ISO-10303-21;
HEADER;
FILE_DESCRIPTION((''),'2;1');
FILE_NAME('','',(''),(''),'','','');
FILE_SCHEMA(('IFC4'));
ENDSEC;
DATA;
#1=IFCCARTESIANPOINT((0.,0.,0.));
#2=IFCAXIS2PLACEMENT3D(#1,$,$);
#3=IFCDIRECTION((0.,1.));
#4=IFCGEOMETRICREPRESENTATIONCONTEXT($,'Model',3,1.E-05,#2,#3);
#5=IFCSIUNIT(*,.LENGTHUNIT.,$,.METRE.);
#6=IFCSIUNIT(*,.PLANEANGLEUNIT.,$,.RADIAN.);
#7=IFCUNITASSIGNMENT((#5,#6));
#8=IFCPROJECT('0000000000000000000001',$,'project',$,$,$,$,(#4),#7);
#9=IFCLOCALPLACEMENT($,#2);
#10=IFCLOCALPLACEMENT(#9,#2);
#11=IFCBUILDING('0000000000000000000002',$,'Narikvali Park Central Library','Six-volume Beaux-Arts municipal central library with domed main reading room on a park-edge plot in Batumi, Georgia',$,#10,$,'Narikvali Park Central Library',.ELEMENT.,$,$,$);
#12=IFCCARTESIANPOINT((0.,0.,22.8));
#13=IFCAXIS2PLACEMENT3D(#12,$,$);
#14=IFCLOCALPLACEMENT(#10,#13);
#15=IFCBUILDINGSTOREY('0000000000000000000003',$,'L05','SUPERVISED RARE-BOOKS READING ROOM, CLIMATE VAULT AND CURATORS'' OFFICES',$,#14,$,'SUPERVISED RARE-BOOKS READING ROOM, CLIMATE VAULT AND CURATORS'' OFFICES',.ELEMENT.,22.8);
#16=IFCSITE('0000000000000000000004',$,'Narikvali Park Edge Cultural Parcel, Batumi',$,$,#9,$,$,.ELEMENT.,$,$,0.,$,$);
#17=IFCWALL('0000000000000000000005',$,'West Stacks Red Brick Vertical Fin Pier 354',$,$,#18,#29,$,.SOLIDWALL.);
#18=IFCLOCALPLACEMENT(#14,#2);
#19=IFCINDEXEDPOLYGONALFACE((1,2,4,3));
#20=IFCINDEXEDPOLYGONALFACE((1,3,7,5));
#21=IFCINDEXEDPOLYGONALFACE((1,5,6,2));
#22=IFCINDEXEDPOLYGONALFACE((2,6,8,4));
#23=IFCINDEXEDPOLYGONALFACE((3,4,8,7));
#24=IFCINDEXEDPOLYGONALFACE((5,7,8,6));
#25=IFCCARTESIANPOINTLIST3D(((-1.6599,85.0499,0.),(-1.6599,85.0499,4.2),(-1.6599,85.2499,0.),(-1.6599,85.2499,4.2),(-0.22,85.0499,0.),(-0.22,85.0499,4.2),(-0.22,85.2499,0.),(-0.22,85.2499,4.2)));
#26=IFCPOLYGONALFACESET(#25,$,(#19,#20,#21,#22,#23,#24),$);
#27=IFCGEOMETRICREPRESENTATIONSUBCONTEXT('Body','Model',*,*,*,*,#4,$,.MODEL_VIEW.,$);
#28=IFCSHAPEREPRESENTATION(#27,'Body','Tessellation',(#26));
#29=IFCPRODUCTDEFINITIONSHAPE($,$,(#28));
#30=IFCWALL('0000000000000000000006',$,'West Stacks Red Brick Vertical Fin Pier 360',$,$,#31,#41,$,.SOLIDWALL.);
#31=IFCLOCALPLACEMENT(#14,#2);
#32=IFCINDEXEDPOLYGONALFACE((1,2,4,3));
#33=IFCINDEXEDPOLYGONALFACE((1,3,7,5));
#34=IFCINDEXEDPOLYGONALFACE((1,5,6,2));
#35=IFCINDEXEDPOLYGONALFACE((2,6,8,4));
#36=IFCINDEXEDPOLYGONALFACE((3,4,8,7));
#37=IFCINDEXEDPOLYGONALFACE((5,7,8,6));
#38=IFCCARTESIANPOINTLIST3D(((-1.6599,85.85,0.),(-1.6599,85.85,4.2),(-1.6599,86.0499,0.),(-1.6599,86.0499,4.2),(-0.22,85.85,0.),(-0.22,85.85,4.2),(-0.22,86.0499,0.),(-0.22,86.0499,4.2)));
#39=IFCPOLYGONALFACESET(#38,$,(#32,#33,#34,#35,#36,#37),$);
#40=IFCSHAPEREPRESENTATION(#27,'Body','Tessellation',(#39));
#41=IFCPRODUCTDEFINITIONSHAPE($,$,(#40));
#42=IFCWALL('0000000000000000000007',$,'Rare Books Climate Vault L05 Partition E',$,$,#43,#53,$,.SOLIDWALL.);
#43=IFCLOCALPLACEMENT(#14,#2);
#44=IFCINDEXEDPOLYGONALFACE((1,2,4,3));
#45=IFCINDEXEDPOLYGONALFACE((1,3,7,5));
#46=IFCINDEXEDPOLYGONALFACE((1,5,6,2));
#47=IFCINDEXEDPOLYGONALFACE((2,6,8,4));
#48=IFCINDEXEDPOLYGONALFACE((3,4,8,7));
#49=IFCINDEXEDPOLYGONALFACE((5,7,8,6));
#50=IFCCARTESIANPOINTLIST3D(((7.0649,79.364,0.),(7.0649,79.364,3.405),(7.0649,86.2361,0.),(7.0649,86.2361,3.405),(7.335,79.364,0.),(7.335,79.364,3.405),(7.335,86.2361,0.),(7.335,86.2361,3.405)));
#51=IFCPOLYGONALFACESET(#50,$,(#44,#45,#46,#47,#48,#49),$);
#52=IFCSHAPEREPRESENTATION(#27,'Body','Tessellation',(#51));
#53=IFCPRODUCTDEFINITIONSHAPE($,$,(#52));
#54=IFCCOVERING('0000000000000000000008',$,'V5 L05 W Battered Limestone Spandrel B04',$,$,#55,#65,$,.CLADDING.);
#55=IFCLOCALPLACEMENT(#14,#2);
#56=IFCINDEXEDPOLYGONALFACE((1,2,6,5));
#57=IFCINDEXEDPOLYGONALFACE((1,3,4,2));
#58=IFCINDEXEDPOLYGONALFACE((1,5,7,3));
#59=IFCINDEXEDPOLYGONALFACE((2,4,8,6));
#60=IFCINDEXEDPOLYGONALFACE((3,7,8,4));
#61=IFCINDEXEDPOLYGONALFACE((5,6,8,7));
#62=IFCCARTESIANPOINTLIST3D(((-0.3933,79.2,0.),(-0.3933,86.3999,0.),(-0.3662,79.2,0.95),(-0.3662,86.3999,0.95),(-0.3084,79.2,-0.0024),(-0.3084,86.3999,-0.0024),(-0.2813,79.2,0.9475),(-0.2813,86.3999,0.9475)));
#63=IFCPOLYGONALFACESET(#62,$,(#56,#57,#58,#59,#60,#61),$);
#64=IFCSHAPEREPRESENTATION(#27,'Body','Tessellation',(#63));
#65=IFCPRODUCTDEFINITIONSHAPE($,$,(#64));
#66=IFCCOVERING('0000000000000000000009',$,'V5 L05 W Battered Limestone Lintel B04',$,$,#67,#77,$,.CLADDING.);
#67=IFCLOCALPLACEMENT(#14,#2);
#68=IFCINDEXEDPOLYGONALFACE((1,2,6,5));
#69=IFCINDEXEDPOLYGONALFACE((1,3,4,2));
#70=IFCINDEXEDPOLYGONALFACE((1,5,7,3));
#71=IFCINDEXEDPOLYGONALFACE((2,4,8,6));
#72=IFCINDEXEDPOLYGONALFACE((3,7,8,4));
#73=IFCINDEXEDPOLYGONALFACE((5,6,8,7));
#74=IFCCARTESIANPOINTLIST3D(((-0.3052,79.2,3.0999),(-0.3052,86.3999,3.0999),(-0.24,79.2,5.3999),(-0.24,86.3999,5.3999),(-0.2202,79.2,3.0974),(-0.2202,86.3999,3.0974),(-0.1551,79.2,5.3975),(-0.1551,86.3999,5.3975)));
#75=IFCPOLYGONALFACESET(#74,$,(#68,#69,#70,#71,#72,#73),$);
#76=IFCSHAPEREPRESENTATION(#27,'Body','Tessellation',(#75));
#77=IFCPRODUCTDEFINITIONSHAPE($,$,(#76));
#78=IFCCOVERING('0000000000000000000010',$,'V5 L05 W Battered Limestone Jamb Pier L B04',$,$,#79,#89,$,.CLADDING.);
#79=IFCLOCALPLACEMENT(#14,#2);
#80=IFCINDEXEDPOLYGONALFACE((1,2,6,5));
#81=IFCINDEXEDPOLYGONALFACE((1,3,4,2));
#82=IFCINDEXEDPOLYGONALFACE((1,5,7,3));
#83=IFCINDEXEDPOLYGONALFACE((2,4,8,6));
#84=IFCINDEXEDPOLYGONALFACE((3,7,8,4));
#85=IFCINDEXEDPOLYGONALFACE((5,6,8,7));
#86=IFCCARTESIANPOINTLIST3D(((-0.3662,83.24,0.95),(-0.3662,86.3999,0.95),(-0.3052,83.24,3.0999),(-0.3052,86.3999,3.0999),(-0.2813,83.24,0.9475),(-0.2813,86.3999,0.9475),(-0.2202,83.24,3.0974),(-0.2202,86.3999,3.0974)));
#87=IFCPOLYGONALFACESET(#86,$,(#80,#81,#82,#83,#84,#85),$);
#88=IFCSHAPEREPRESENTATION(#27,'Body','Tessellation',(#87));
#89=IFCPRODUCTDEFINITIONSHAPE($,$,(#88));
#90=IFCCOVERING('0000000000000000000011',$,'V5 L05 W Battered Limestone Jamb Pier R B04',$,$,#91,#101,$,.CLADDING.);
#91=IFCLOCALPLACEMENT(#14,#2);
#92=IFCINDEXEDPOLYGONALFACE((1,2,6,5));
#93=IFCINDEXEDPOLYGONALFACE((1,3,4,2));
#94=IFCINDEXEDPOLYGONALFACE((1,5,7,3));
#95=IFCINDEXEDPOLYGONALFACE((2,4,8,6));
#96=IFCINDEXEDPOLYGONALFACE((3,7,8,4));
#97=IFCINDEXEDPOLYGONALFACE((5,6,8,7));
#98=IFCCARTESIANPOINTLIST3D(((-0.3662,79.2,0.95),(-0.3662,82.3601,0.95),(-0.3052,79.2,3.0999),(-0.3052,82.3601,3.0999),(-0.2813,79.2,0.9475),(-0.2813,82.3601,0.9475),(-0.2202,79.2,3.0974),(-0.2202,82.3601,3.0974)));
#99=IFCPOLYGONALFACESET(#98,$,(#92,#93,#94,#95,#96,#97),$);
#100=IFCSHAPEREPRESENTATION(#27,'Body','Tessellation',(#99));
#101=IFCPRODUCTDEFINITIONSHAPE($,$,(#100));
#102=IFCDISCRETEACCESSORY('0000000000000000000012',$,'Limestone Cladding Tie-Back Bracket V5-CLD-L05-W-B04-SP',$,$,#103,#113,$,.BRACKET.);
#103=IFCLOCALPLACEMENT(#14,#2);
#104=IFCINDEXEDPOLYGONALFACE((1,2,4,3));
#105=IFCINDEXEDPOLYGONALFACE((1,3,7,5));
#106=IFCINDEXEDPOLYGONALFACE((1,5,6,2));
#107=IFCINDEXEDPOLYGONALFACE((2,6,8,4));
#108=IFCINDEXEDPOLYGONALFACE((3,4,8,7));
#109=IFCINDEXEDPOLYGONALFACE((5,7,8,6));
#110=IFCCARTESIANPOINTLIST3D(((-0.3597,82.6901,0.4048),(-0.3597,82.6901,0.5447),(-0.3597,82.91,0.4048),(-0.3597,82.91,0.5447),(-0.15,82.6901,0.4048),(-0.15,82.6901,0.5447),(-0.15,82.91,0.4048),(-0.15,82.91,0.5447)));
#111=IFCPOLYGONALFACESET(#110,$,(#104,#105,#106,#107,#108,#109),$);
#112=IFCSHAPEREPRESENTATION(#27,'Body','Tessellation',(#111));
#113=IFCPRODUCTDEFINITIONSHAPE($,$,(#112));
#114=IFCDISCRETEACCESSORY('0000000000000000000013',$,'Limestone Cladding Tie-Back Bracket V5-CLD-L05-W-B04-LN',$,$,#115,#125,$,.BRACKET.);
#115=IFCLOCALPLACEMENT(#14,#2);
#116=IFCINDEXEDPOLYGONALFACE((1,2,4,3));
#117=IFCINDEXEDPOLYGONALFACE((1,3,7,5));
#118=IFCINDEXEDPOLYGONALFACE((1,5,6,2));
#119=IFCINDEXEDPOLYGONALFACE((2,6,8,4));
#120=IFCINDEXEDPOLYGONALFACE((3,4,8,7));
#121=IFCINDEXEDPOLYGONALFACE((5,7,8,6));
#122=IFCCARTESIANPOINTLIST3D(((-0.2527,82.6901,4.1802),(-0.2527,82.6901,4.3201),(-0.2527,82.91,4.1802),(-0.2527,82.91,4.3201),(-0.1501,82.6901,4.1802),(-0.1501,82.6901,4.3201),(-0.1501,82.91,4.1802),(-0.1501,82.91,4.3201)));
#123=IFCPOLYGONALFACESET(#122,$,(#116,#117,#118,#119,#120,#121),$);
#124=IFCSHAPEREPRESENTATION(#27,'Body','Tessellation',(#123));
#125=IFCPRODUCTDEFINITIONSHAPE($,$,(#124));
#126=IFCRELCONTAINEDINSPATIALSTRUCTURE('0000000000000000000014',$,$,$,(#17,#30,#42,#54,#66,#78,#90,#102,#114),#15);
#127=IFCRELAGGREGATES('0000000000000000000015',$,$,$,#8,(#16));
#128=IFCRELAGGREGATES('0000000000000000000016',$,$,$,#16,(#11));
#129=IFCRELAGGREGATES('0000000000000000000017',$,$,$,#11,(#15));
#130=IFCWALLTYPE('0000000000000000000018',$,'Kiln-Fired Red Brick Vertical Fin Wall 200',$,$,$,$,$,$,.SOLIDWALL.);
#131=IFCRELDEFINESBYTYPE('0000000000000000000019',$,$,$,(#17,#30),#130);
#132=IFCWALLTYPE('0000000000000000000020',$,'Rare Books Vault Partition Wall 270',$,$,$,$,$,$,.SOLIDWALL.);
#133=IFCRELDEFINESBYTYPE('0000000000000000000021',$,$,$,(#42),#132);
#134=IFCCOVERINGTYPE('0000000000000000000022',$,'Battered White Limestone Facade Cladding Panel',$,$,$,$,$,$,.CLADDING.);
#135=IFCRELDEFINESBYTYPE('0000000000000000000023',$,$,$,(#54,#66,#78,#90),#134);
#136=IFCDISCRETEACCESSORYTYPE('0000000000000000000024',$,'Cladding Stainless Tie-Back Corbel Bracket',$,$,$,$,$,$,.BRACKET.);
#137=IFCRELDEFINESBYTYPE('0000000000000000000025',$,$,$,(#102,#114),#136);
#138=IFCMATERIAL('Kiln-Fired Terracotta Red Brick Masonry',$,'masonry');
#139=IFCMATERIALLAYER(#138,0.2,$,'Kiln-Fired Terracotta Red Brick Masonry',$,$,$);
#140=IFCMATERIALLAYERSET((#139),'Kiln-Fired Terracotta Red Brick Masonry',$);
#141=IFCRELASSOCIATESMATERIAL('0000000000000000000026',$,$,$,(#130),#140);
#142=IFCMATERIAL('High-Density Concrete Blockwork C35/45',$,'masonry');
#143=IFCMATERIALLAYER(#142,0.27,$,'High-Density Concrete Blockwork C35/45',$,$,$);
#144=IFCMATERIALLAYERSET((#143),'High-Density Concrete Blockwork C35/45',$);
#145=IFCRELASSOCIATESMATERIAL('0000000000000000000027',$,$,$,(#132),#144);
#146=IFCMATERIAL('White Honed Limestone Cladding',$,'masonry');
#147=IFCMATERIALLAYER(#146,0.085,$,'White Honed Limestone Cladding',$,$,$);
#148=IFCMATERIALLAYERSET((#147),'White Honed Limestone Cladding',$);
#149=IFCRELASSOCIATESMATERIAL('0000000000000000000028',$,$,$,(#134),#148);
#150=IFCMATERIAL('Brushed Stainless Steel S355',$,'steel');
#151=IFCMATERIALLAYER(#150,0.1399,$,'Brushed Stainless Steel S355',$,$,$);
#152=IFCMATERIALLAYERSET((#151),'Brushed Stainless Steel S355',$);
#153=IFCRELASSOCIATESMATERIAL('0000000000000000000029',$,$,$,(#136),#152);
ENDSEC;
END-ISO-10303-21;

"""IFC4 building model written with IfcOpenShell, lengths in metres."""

from ifc_helpers import new_model, si_unit, direction, frame, frame_2d, origin, origin_2d, place, context, subcontext, project, spatial, polyline, rectangle, outline, extrude, material, layer, layer_set, type_object, element, save


model = new_model("IFC4")

# Units and contexts
model_context = context("Model", 3, precision=1e-05, world=origin(), true_north=direction((0.0, 1.0)))
body_context = subcontext(model_context, "Body", "Model", "MODEL_VIEW")
ifc_project = project(units=[si_unit("LENGTHUNIT", "METRE"), si_unit("PLANEANGLEUNIT", "RADIAN")], contexts=[model_context])

# Site, building, storey
site_placement = place(None, origin())
site = spatial("IfcSite", under=ifc_project, at=site_placement, Name="Narikvali Park Edge Cultural Parcel, Batumi", CompositionType="ELEMENT", RefElevation=0.0)
building_placement = place(site_placement, origin())
building = spatial("IfcBuilding", under=site, at=building_placement, Name="Narikvali Park Central Library", Description="Six-volume Beaux-Arts municipal central library with domed main reading room on a park-edge plot in Batumi, Georgia", LongName="Narikvali Park Central Library", CompositionType="ELEMENT")
storey_placement = place(building_placement, frame((0.0, 0.0, 22.8)))
storey = spatial("IfcBuildingStorey", under=building, at=storey_placement, Name="L05", Description="SUPERVISED RARE-BOOKS READING ROOM, CLIMATE VAULT AND CURATORS' OFFICES", LongName="SUPERVISED RARE-BOOKS READING ROOM, CLIMATE VAULT AND CURATORS' OFFICES", CompositionType="ELEMENT", Elevation=22.8)

# Walls
ifc_material_1 = material(Name="Kiln-Fired Terracotta Red Brick Masonry", Category="masonry")
ifc_layer_1 = layer(ifc_material_1, 0.2, Name="Kiln-Fired Terracotta Red Brick Masonry")
ifc_layer_set_1 = layer_set([ifc_layer_1], Name="Kiln-Fired Terracotta Red Brick Masonry")
wall_type_1 = type_object("IfcWallType", Name="Kiln-Fired Red Brick Vertical Fin Wall 200", PredefinedType="SOLIDWALL", material=ifc_layer_set_1)
for number, where, z_axis, x_axis, name in (
    (1, (-1.6599, 85.1499, 0.0), (0.0, 0.0, 1.0), (1.0, 0.0, 0.0), "West Stacks Red Brick Vertical Fin Pier 354"),
    (2, (-1.6599, 85.95, 0.0), (0.0, 0.0, 1.0), (1.0, 0.0, 0.0), "West Stacks Red Brick Vertical Fin Pier 360"),
):
    element("IfcWall", number, at=place(storey_placement, frame(where, z_axis=z_axis, x_axis=x_axis)), inside=storey, type_object=wall_type_1, Name=name, PredefinedType="SOLIDWALL", context=body_context, shape_type="SweptSolid", body=[
        extrude(rectangle(XDim=1.4399, YDim=0.2, at=frame_2d((0.72, 0.0))), origin(), (0.0, 0.0, 1.0), 4.2),
    ])
ifc_material_2 = material(Name="High-Density Concrete Blockwork C35/45", Category="masonry")
ifc_layer_2 = layer(ifc_material_2, 0.27, Name="High-Density Concrete Blockwork C35/45")
ifc_layer_set_2 = layer_set([ifc_layer_2], Name="High-Density Concrete Blockwork C35/45")
wall_type_2 = type_object("IfcWallType", Name="Rare Books Vault Partition Wall 270", PredefinedType="SOLIDWALL", material=ifc_layer_set_2)
wall_placement = place(storey_placement, frame((7.2, 79.364, 0.0), z_axis=(0.0, 0.0, 1.0), x_axis=(0.0, 1.0, 0.0)))
element("IfcWall", 3, at=wall_placement, inside=storey, type_object=wall_type_2, Name="Rare Books Climate Vault L05 Partition E", PredefinedType="SOLIDWALL", context=body_context, shape_type="SweptSolid", body=[
    extrude(rectangle(XDim=6.8721, YDim=0.27, at=frame_2d((3.436, 0.0))), origin(), (0.0, 0.0, 1.0), 3.405),
])

# Coverings
ifc_material_3 = material(Name="White Honed Limestone Cladding", Category="masonry")
ifc_layer_3 = layer(ifc_material_3, 0.085, Name="White Honed Limestone Cladding")
ifc_layer_set_3 = layer_set([ifc_layer_3], Name="White Honed Limestone Cladding")
covering_type = type_object("IfcCoveringType", Name="Battered White Limestone Facade Cladding Panel", PredefinedType="CLADDING", material=ifc_layer_set_3)
covering_1_placement = place(storey_placement, frame((-0.3933, 86.3999, 0.0), z_axis=(-0.999593, 0.0, 0.028516), x_axis=(0.0, -1.0, 0.0)))
element("IfcCovering", 4, at=covering_1_placement, inside=storey, type_object=covering_type, Name="V5 L05 W Battered Limestone Spandrel B04", PredefinedType="CLADDING", context=body_context, shape_type="SweptSolid", body=[
    extrude(outline(polyline([(0.0, 0.0), (7.2, 0.0), (7.2, 0.9503), (0.0, 0.9503), (0.0, 0.0)])), origin(), (0.0, 0.0, -1.0), 0.085),
])
covering_2_placement = place(storey_placement, frame((-0.3052, 86.3999, 3.0999), z_axis=(-0.999599, 0.0, 0.02833), x_axis=(0.0, -1.0, 0.0)))
element("IfcCovering", 5, at=covering_2_placement, inside=storey, type_object=covering_type, Name="V5 L05 W Battered Limestone Lintel B04", PredefinedType="CLADDING", context=body_context, shape_type="SweptSolid", body=[
    extrude(outline(polyline([(0.0, 0.0), (7.2, 0.0), (7.2, 2.301), (0.0, 2.301), (0.0, 0.0)])), origin(), (0.0, 0.0, -1.0), 0.085),
])
covering_3_placement = place(storey_placement, frame((-0.3662, 86.3999, 0.95), z_axis=(-0.999597, 0.0, 0.028378), x_axis=(0.0, -1.0, 0.0)))
element("IfcCovering", 6, at=covering_3_placement, inside=storey, type_object=covering_type, Name="V5 L05 W Battered Limestone Jamb Pier L B04", PredefinedType="CLADDING", context=body_context, shape_type="SweptSolid", body=[
    extrude(outline(polyline([(0.0, 0.0), (3.1599, 0.0), (3.1599, 2.1508), (0.0, 2.1508), (0.0, 0.0)])), origin(), (0.0, 0.0, -1.0), 0.085),
])
covering_4_placement = place(storey_placement, frame((-0.3662, 82.3601, 0.95), z_axis=(-0.999597, 0.0, 0.028378), x_axis=(0.0, -1.0, 0.0)))
element("IfcCovering", 7, at=covering_4_placement, inside=storey, type_object=covering_type, Name="V5 L05 W Battered Limestone Jamb Pier R B04", PredefinedType="CLADDING", context=body_context, shape_type="SweptSolid", body=[
    extrude(outline(polyline([(0.0, 0.0), (3.1602, 0.0), (3.1602, 2.1508), (0.0, 2.1508), (0.0, 0.0)])), origin(), (0.0, 0.0, -1.0), 0.085),
])

# Discrete accessories
ifc_material_4 = material(Name="Brushed Stainless Steel S355", Category="steel")
ifc_layer_4 = layer(ifc_material_4, 0.1399, Name="Brushed Stainless Steel S355")
ifc_layer_set_4 = layer_set([ifc_layer_4], Name="Brushed Stainless Steel S355")
discrete_accessory_type = type_object("IfcDiscreteAccessoryType", Name="Cladding Stainless Tie-Back Corbel Bracket", PredefinedType="BRACKET", material=ifc_layer_set_4)
discrete_accessory_1_placement = place(storey_placement, frame((-0.2549, 82.8, 0.4048), z_axis=(0.0, 0.0, 1.0), x_axis=(1.0, 0.0, 0.0)))
element("IfcDiscreteAccessory", 8, at=discrete_accessory_1_placement, inside=storey, type_object=discrete_accessory_type, Name="Limestone Cladding Tie-Back Bracket V5-CLD-L05-W-B04-SP", PredefinedType="BRACKET", context=body_context, shape_type="SweptSolid", body=[
    extrude(rectangle(XDim=0.2097, YDim=0.22, at=origin_2d()), origin(), (0.0, 0.0, 1.0), 0.1399),
])
discrete_accessory_2_placement = place(storey_placement, frame((-0.2014, 82.8, 4.1802), z_axis=(0.0, 0.0, 1.0), x_axis=(1.0, 0.0, 0.0)))
element("IfcDiscreteAccessory", 9, at=discrete_accessory_2_placement, inside=storey, type_object=discrete_accessory_type, Name="Limestone Cladding Tie-Back Bracket V5-CLD-L05-W-B04-LN", PredefinedType="BRACKET", context=body_context, shape_type="SweptSolid", body=[
    extrude(rectangle(XDim=0.1025, YDim=0.22, at=origin_2d()), origin(), (0.0, 0.0, 1.0), 0.1399),
])

save(model, "model.ifc")
